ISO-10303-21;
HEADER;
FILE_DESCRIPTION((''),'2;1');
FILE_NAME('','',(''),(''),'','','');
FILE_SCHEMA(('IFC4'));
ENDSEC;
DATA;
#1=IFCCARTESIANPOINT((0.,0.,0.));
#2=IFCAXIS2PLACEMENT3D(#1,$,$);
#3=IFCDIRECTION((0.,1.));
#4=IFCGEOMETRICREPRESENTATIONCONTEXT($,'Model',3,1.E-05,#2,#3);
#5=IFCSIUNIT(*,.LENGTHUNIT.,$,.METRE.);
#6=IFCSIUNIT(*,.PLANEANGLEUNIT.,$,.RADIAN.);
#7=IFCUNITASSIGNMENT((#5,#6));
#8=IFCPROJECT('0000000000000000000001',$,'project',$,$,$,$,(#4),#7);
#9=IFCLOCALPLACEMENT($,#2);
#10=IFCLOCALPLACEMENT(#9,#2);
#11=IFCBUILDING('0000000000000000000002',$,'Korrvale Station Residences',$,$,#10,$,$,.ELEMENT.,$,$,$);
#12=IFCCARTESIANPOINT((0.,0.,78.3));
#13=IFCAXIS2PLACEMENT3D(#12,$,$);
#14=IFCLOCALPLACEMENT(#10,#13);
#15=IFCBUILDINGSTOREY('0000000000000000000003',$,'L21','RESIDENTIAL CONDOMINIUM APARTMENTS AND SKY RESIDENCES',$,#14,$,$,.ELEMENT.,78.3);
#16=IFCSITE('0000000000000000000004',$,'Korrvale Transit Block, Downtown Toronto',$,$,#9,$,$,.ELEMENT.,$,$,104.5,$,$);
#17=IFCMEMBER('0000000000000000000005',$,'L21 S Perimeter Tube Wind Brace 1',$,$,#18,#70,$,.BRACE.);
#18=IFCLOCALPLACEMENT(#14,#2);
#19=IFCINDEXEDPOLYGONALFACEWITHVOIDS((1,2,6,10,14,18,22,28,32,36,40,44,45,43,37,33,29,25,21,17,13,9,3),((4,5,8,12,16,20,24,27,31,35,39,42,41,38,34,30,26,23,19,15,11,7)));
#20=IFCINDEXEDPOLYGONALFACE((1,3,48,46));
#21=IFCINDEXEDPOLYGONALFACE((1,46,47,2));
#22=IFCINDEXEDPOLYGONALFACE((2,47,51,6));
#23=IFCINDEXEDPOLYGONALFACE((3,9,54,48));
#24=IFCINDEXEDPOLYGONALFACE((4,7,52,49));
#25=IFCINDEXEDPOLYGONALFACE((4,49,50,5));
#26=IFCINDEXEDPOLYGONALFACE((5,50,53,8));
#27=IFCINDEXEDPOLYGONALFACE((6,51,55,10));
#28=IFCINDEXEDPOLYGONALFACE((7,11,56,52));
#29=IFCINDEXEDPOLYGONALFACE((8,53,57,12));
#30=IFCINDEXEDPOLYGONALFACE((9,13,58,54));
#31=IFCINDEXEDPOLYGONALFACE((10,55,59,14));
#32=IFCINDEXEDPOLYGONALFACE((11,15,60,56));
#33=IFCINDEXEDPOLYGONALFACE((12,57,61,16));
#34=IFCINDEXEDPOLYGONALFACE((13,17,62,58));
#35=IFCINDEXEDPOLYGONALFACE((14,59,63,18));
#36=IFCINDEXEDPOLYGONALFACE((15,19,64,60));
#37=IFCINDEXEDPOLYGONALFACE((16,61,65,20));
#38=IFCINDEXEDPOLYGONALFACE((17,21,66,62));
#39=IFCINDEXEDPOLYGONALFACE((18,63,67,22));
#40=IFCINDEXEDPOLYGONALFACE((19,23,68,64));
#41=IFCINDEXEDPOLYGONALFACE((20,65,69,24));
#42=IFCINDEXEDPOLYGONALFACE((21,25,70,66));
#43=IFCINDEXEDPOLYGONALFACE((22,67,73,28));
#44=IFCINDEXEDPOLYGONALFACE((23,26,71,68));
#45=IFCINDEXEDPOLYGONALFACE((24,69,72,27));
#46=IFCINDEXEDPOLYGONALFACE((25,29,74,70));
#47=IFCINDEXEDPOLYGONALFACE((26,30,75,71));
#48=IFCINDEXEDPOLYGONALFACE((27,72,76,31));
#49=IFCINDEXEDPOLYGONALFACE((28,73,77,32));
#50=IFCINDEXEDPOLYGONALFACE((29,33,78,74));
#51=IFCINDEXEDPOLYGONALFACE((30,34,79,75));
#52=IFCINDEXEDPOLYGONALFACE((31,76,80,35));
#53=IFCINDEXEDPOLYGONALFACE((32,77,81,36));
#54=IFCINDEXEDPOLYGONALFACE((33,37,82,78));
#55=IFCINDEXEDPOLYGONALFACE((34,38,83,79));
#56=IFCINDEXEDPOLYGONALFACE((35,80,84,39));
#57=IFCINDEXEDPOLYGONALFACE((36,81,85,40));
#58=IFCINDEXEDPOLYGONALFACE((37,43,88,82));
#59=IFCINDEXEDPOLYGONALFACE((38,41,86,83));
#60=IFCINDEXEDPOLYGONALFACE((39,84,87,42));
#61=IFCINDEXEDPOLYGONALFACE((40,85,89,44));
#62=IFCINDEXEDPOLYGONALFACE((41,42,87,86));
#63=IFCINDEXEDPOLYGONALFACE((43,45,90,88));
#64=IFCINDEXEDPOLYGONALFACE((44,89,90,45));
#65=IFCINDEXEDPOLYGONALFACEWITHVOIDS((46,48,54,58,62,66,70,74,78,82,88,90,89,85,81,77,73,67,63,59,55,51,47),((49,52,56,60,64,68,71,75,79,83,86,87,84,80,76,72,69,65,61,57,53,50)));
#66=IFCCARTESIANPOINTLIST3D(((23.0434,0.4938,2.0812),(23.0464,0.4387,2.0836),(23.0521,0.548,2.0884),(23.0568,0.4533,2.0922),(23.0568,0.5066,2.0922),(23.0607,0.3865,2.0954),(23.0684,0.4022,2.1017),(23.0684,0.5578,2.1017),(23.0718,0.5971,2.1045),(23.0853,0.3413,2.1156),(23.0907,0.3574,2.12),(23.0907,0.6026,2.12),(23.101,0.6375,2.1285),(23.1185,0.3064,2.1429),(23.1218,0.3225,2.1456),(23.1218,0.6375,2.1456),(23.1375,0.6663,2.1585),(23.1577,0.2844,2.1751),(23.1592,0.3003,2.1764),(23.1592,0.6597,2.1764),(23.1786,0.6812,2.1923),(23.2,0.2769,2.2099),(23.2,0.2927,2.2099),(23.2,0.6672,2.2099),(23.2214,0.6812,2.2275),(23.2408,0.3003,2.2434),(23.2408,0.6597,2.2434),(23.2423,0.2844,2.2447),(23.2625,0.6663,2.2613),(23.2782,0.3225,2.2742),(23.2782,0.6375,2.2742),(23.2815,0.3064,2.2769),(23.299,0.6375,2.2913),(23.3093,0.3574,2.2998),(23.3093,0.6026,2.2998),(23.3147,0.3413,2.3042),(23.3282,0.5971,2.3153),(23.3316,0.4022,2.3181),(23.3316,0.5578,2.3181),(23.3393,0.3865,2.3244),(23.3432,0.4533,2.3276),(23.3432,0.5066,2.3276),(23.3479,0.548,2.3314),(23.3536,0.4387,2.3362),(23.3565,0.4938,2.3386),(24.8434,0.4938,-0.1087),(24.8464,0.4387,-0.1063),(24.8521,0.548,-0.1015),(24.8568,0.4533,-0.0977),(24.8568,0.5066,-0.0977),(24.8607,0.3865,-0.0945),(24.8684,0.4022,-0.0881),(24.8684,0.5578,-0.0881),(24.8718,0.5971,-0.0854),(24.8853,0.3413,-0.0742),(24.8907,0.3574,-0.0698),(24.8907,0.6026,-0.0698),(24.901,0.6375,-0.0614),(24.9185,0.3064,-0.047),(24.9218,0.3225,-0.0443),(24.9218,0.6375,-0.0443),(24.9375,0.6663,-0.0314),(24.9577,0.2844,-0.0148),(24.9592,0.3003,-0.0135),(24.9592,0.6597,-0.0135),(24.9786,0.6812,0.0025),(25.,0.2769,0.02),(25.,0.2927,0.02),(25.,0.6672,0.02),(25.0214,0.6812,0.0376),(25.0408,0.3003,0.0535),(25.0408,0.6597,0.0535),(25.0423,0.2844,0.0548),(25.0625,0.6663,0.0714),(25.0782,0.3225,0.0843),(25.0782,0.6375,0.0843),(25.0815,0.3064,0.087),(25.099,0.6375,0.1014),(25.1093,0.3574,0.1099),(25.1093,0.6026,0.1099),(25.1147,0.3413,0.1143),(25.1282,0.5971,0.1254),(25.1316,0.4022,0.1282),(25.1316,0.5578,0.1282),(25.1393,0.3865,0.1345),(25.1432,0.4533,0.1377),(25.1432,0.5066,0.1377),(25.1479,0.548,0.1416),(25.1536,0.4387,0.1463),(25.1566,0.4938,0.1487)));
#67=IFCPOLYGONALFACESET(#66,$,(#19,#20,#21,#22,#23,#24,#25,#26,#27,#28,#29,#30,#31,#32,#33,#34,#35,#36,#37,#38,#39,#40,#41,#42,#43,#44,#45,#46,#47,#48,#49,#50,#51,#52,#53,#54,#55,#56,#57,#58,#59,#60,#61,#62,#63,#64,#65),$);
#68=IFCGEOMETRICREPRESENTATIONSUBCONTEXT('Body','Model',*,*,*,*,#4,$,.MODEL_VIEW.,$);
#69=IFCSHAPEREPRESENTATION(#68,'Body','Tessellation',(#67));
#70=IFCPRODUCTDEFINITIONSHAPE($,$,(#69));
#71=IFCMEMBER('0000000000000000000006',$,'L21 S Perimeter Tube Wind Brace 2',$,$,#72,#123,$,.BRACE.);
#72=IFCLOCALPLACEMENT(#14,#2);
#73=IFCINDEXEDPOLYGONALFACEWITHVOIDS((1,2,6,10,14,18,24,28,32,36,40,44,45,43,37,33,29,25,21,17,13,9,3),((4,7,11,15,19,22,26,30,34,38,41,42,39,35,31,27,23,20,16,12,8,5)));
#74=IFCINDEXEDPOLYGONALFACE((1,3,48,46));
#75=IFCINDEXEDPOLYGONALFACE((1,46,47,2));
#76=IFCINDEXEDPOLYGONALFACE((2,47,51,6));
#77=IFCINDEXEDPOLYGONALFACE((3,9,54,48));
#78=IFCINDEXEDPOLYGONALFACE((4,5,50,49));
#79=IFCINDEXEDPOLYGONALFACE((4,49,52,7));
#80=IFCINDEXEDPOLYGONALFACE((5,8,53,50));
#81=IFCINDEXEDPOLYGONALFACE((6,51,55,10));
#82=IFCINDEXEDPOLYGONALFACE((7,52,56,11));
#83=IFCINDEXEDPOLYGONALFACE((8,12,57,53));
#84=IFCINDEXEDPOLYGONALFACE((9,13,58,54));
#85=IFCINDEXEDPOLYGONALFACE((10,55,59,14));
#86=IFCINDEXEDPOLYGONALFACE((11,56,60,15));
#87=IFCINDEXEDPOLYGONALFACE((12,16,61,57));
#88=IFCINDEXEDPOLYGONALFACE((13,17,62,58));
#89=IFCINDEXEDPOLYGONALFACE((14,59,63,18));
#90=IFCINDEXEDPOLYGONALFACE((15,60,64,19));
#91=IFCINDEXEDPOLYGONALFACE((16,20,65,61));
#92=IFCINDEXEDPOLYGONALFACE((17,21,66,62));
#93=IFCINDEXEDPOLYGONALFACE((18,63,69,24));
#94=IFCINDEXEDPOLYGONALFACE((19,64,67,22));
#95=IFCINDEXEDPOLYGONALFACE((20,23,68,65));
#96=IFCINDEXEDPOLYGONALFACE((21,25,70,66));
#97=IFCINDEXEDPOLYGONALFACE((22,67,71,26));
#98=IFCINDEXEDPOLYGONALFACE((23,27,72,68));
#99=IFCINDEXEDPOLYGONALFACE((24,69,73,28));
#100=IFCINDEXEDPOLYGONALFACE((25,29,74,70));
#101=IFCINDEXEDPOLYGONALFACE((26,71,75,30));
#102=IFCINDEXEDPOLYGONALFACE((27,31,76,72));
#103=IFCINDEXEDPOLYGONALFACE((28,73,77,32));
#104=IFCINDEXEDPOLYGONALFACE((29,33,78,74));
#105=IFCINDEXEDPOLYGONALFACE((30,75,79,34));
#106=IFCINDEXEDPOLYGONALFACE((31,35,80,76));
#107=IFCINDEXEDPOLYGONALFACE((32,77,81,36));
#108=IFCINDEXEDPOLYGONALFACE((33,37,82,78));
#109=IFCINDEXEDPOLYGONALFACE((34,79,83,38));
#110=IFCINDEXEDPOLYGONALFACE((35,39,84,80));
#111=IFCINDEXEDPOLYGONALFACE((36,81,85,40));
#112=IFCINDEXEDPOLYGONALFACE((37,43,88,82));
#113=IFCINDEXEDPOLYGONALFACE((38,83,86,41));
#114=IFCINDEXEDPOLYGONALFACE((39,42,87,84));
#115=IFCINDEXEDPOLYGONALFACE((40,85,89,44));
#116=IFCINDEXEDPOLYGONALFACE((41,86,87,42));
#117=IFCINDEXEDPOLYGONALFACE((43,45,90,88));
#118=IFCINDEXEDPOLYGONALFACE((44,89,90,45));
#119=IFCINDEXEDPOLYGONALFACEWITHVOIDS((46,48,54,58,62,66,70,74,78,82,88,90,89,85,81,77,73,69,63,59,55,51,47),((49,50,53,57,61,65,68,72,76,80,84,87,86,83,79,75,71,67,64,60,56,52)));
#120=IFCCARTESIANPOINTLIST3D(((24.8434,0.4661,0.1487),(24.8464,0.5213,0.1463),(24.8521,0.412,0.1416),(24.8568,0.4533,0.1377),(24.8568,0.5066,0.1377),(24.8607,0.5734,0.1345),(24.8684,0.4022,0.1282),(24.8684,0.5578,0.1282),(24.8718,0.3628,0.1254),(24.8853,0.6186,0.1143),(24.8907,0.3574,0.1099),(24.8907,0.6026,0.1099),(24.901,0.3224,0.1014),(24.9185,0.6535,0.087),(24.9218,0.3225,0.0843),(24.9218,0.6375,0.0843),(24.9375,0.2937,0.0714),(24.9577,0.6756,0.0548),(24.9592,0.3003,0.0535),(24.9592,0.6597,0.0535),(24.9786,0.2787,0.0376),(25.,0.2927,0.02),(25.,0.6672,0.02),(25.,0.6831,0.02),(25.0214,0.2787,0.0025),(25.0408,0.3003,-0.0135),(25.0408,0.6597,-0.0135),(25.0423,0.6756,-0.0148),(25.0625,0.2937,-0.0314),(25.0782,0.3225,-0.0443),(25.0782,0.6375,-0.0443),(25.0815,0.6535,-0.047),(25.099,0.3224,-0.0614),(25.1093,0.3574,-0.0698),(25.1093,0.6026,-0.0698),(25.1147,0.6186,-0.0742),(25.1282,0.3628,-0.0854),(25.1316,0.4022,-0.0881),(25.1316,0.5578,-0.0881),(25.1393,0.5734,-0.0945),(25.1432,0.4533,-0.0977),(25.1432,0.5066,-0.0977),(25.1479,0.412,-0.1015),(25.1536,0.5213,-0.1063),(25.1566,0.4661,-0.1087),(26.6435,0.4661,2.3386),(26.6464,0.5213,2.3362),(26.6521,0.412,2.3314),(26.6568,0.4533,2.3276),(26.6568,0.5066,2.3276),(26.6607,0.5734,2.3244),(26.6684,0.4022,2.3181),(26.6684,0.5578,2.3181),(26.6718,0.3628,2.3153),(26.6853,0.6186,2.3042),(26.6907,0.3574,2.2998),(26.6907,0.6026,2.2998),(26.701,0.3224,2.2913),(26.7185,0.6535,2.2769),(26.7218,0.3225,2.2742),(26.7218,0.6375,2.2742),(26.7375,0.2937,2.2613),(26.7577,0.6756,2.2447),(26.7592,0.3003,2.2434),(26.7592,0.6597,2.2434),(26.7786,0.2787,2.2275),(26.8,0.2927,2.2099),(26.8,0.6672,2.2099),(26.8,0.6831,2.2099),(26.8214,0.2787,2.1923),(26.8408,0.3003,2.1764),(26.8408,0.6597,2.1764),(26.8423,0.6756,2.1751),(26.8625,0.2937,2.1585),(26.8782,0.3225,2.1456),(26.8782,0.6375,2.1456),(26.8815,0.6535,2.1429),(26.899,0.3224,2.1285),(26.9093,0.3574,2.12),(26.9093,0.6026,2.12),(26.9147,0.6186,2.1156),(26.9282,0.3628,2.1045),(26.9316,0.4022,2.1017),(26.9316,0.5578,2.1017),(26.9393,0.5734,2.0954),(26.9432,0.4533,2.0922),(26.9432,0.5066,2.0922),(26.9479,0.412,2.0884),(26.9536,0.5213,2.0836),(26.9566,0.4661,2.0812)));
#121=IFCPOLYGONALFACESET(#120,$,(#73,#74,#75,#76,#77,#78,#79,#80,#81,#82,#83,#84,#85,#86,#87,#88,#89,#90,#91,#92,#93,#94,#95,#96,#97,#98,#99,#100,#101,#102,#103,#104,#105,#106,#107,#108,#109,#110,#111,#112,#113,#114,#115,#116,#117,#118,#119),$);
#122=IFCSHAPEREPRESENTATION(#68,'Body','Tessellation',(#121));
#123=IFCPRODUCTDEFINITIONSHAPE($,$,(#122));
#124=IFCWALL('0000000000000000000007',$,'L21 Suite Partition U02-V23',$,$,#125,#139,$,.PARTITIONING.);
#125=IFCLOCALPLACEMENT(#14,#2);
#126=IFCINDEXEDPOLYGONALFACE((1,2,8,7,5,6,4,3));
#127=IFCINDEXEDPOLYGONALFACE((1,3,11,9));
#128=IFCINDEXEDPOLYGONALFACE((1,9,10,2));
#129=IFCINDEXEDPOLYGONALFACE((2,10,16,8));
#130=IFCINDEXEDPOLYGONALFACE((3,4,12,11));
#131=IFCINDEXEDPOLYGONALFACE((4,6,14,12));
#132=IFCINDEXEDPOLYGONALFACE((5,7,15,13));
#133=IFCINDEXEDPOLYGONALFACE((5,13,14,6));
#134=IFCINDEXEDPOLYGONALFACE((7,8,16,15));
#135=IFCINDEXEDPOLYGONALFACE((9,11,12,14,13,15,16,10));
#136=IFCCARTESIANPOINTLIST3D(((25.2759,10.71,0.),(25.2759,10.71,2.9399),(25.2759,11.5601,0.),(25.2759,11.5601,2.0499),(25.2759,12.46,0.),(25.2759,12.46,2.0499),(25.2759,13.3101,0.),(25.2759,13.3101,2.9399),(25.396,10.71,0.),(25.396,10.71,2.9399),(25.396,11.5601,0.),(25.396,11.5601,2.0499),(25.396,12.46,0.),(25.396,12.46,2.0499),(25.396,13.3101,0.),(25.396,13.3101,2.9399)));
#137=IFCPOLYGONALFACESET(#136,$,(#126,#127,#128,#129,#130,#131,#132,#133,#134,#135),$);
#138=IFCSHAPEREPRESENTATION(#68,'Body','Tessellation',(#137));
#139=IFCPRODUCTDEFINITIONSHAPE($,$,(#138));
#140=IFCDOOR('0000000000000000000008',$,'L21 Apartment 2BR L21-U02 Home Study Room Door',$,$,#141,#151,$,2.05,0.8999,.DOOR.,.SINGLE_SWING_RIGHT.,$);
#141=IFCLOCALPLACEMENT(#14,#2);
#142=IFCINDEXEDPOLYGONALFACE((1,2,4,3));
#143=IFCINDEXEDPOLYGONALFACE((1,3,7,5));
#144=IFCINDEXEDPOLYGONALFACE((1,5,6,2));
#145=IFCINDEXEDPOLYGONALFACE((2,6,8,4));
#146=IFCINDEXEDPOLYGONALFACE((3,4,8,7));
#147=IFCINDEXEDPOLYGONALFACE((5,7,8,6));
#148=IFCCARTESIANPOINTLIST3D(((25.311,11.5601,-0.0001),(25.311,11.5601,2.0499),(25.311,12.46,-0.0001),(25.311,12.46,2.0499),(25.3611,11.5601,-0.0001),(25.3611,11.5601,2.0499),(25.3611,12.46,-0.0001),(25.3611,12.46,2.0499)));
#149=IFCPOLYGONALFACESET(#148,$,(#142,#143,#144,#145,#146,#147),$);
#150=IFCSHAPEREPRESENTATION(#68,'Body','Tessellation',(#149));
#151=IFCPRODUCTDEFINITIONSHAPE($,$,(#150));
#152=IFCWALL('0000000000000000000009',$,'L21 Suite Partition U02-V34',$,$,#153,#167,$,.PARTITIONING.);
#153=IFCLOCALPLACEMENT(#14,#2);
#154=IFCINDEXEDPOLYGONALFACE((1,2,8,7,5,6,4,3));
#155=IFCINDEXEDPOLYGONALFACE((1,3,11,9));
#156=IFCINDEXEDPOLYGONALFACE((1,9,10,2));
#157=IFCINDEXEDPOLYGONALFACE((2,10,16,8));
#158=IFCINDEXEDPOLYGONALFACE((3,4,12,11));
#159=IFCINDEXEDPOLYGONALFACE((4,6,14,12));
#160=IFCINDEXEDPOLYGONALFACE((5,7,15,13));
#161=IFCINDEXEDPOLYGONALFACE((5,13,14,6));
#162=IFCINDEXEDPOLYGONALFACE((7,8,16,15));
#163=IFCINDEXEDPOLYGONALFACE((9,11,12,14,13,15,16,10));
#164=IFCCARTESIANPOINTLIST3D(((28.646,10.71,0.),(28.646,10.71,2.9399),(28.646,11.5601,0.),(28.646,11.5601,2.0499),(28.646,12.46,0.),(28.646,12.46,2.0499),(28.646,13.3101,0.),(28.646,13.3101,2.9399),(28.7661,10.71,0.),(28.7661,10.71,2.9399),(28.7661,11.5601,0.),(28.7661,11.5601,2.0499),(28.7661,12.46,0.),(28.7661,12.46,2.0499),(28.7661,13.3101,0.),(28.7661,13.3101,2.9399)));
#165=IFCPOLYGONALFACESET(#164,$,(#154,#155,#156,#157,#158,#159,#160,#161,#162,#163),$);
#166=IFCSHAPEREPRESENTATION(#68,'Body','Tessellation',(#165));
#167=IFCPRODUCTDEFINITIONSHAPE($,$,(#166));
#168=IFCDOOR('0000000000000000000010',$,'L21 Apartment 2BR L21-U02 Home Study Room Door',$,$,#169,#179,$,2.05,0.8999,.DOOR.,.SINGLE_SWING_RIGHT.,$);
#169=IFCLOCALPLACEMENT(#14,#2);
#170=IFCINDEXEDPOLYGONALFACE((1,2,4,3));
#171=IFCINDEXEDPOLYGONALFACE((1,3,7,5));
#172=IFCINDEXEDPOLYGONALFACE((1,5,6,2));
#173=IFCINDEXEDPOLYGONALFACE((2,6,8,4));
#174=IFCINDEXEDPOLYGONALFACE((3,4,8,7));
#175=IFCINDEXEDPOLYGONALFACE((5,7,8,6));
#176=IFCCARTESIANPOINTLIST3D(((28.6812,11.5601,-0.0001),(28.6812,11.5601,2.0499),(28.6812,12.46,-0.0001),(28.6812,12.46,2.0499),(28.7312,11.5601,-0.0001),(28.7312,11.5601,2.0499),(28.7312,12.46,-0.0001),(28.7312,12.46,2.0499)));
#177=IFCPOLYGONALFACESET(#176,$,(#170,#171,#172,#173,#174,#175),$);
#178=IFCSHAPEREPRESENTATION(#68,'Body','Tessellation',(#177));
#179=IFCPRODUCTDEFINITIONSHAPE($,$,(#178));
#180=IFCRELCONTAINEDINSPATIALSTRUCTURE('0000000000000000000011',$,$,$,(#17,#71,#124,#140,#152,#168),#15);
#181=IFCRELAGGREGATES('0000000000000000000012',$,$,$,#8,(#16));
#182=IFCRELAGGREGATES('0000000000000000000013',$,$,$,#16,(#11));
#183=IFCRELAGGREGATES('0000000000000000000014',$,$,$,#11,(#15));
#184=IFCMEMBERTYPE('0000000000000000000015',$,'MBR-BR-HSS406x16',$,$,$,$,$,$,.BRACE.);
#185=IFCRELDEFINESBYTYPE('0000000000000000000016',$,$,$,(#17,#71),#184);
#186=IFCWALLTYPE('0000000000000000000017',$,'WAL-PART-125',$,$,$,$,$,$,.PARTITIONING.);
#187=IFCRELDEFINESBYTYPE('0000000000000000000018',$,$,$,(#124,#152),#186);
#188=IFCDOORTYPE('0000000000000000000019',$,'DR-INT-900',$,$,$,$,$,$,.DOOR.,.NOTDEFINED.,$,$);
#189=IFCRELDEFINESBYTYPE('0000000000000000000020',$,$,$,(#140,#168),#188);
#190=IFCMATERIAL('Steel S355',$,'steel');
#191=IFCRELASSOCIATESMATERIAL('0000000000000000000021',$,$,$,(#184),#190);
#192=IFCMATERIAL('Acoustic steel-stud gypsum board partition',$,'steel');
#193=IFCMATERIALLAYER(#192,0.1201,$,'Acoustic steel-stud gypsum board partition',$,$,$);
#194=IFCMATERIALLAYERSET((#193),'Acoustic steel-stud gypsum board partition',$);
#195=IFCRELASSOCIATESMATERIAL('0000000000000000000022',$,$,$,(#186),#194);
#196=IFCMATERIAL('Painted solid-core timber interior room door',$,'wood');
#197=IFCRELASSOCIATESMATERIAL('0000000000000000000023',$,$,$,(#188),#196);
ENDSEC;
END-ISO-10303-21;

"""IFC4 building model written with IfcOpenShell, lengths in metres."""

from ifc_helpers import new_model, si_unit, direction, frame, frame_2d, origin, origin_2d, place, context, subcontext, project, spatial, rectangle, hollow_circle, extrude, material, layer, layer_set, material_profile, profile_set, type_object, element, fill, save


model = new_model("IFC4")

# Units and contexts
model_context = context("Model", 3, precision=1e-05, world=origin(), true_north=direction((0.0, 1.0)))
body_context = subcontext(model_context, "Body", "Model", "MODEL_VIEW")
ifc_project = project(units=[si_unit("LENGTHUNIT", "METRE"), si_unit("PLANEANGLEUNIT", "RADIAN")], contexts=[model_context])

# Site, building, storey
site_placement = place(None, origin())
site = spatial("IfcSite", under=ifc_project, at=site_placement, Name="Korrvale Transit Block, Downtown Toronto", CompositionType="ELEMENT", RefElevation=104.5)
building_placement = place(site_placement, origin())
building = spatial("IfcBuilding", under=site, at=building_placement, Name="Korrvale Station Residences", CompositionType="ELEMENT")
storey_placement = place(building_placement, frame((0.0, 0.0, 78.3)))
storey = spatial("IfcBuildingStorey", under=building, at=storey_placement, Name="L21", Description="RESIDENTIAL CONDOMINIUM APARTMENTS AND SKY RESIDENCES", CompositionType="ELEMENT", Elevation=78.3)

# Shared definitions
ifc_material_1 = material(Name="Steel S355", Category="steel")

# Members
ifc_material_profile_1 = material_profile(ifc_material_1, hollow_circle(Radius=0.2031, WallThickness=0.0159, at=origin_2d()), Name="HSS406x16")
ifc_profile_set_1 = profile_set([ifc_material_profile_1], Name="Steel S355")
member_type = type_object("IfcMemberType", Name="MBR-BR-HSS406x16", PredefinedType="BRACE", material=ifc_profile_set_1)
for number, where, z_axis, x_axis, name in (
    (1, (25.0, 0.48, 0.02), (-0.634985, 0.0, 0.772524), (0.0, -1.0, 0.0), "L21 S Perimeter Tube Wind Brace 1"),
    (2, (25.0, 0.48, 0.02), (0.634985, 0.0, 0.772524), (0.0, 1.0, 0.0), "L21 S Perimeter Tube Wind Brace 2"),
):
    element("IfcMember", number, at=place(storey_placement, frame(where, z_axis=z_axis, x_axis=x_axis)), inside=storey, type_object=member_type, Name=name, PredefinedType="BRACE", context=body_context, shape_type="SweptSolid", body=[
        extrude(hollow_circle(Radius=0.2031, WallThickness=0.0159, at=origin_2d()), origin(), (0.0, 0.0, 1.0), 2.8347),
    ])

# Walls, openings, doors
ifc_material_2 = material(Name="Acoustic steel-stud gypsum board partition", Category="steel")
ifc_layer_1 = layer(ifc_material_2, 0.1201, Name="Acoustic steel-stud gypsum board partition")
ifc_layer_set_1 = layer_set([ifc_layer_1], Name="Acoustic steel-stud gypsum board partition")
wall_type_1 = type_object("IfcWallType", Name="WAL-PART-125", PredefinedType="PARTITIONING", material=ifc_layer_set_1)
wall_1_placement = place(storey_placement, frame((25.3359, 10.71, 0.0), z_axis=(0.0, 0.0, 1.0), x_axis=(0.0, 1.0, 0.0)))
wall_1 = element("IfcWall", 3, at=wall_1_placement, inside=storey, type_object=wall_type_1, Name="L21 Suite Partition U02-V23", PredefinedType="PARTITIONING", context=body_context, shape_type="SweptSolid", body=[
    extrude(rectangle(XDim=2.6001, YDim=0.1201, at=frame_2d((1.3, 0.0))), origin(), (0.0, 0.0, 1.0), 2.9399),
])
opening_1_placement = place(wall_1_placement, frame((0.8501, 0.0, 0.0)))
opening_1 = element("IfcOpeningElement", 4, at=opening_1_placement, cuts=wall_1, PredefinedType="OPENING", context=body_context, shape_type="SweptSolid", body=[
    extrude(rectangle(XDim=0.8999, YDim=2.05, at=frame_2d((0.45, 1.0249))), frame((0.0, 0.0701, 0.0), z_axis=(0.0, -1.0, 0.0), x_axis=(1.0, 0.0, 0.0)), (0.0, 0.0, 1.0), 0.1401),
])
ifc_material_3 = material(Name="Painted solid-core timber interior room door", Category="wood")
door_type_1 = type_object("IfcDoorType", Name="DR-INT-900", OperationType="NOTDEFINED", PredefinedType="DOOR", material=ifc_material_3)
door_1_placement = place(opening_1_placement, origin())
door_1 = element("IfcDoor", 5, at=door_1_placement, inside=storey, type_object=door_type_1, Name="L21 Apartment 2BR L21-U02 Home Study Room Door", OperationType="SINGLE_SWING_RIGHT", OverallHeight=2.05, OverallWidth=0.8999, PredefinedType="DOOR", context=body_context, shape_type="SweptSolid", body=[
    extrude(rectangle(XDim=0.8999, YDim=2.05, at=frame_2d((0.45, 1.0249))), frame((0.0, 0.0249, 0.0), z_axis=(0.0, -1.0, 0.0), x_axis=(1.0, 0.0, 0.0)), (0.0, 0.0, 1.0), 0.05),
])
fill(opening_1, door_1)
wall_2_placement = place(storey_placement, frame((28.7061, 10.71, 0.0), z_axis=(0.0, 0.0, 1.0), x_axis=(0.0, 1.0, 0.0)))
wall_2 = element("IfcWall", 6, at=wall_2_placement, inside=storey, type_object=wall_type_1, Name="L21 Suite Partition U02-V34", PredefinedType="PARTITIONING", context=body_context, shape_type="SweptSolid", body=[
    extrude(rectangle(XDim=2.6001, YDim=0.1201, at=frame_2d((1.3, 0.0))), origin(), (0.0, 0.0, 1.0), 2.9399),
])
opening_2_placement = place(wall_2_placement, frame((0.8501, 0.0, 0.0)))
opening_2 = element("IfcOpeningElement", 7, at=opening_2_placement, cuts=wall_2, PredefinedType="OPENING", context=body_context, shape_type="SweptSolid", body=[
    extrude(rectangle(XDim=0.8999, YDim=2.05, at=frame_2d((0.45, 1.0249))), frame((0.0, 0.0701, 0.0), z_axis=(0.0, -1.0, 0.0), x_axis=(1.0, 0.0, 0.0)), (0.0, 0.0, 1.0), 0.1401),
])
door_2_placement = place(opening_2_placement, origin())
door_2 = element("IfcDoor", 8, at=door_2_placement, inside=storey, type_object=door_type_1, Name="L21 Apartment 2BR L21-U02 Home Study Room Door", OperationType="SINGLE_SWING_RIGHT", OverallHeight=2.05, OverallWidth=0.8999, PredefinedType="DOOR", context=body_context, shape_type="SweptSolid", body=[
    extrude(rectangle(XDim=0.8999, YDim=2.05, at=frame_2d((0.45, 1.0249))), frame((0.0, 0.0249, 0.0), z_axis=(0.0, -1.0, 0.0), x_axis=(1.0, 0.0, 0.0)), (0.0, 0.0, 1.0), 0.05),
])
fill(opening_2, door_2)

save(model, "model.ifc")
